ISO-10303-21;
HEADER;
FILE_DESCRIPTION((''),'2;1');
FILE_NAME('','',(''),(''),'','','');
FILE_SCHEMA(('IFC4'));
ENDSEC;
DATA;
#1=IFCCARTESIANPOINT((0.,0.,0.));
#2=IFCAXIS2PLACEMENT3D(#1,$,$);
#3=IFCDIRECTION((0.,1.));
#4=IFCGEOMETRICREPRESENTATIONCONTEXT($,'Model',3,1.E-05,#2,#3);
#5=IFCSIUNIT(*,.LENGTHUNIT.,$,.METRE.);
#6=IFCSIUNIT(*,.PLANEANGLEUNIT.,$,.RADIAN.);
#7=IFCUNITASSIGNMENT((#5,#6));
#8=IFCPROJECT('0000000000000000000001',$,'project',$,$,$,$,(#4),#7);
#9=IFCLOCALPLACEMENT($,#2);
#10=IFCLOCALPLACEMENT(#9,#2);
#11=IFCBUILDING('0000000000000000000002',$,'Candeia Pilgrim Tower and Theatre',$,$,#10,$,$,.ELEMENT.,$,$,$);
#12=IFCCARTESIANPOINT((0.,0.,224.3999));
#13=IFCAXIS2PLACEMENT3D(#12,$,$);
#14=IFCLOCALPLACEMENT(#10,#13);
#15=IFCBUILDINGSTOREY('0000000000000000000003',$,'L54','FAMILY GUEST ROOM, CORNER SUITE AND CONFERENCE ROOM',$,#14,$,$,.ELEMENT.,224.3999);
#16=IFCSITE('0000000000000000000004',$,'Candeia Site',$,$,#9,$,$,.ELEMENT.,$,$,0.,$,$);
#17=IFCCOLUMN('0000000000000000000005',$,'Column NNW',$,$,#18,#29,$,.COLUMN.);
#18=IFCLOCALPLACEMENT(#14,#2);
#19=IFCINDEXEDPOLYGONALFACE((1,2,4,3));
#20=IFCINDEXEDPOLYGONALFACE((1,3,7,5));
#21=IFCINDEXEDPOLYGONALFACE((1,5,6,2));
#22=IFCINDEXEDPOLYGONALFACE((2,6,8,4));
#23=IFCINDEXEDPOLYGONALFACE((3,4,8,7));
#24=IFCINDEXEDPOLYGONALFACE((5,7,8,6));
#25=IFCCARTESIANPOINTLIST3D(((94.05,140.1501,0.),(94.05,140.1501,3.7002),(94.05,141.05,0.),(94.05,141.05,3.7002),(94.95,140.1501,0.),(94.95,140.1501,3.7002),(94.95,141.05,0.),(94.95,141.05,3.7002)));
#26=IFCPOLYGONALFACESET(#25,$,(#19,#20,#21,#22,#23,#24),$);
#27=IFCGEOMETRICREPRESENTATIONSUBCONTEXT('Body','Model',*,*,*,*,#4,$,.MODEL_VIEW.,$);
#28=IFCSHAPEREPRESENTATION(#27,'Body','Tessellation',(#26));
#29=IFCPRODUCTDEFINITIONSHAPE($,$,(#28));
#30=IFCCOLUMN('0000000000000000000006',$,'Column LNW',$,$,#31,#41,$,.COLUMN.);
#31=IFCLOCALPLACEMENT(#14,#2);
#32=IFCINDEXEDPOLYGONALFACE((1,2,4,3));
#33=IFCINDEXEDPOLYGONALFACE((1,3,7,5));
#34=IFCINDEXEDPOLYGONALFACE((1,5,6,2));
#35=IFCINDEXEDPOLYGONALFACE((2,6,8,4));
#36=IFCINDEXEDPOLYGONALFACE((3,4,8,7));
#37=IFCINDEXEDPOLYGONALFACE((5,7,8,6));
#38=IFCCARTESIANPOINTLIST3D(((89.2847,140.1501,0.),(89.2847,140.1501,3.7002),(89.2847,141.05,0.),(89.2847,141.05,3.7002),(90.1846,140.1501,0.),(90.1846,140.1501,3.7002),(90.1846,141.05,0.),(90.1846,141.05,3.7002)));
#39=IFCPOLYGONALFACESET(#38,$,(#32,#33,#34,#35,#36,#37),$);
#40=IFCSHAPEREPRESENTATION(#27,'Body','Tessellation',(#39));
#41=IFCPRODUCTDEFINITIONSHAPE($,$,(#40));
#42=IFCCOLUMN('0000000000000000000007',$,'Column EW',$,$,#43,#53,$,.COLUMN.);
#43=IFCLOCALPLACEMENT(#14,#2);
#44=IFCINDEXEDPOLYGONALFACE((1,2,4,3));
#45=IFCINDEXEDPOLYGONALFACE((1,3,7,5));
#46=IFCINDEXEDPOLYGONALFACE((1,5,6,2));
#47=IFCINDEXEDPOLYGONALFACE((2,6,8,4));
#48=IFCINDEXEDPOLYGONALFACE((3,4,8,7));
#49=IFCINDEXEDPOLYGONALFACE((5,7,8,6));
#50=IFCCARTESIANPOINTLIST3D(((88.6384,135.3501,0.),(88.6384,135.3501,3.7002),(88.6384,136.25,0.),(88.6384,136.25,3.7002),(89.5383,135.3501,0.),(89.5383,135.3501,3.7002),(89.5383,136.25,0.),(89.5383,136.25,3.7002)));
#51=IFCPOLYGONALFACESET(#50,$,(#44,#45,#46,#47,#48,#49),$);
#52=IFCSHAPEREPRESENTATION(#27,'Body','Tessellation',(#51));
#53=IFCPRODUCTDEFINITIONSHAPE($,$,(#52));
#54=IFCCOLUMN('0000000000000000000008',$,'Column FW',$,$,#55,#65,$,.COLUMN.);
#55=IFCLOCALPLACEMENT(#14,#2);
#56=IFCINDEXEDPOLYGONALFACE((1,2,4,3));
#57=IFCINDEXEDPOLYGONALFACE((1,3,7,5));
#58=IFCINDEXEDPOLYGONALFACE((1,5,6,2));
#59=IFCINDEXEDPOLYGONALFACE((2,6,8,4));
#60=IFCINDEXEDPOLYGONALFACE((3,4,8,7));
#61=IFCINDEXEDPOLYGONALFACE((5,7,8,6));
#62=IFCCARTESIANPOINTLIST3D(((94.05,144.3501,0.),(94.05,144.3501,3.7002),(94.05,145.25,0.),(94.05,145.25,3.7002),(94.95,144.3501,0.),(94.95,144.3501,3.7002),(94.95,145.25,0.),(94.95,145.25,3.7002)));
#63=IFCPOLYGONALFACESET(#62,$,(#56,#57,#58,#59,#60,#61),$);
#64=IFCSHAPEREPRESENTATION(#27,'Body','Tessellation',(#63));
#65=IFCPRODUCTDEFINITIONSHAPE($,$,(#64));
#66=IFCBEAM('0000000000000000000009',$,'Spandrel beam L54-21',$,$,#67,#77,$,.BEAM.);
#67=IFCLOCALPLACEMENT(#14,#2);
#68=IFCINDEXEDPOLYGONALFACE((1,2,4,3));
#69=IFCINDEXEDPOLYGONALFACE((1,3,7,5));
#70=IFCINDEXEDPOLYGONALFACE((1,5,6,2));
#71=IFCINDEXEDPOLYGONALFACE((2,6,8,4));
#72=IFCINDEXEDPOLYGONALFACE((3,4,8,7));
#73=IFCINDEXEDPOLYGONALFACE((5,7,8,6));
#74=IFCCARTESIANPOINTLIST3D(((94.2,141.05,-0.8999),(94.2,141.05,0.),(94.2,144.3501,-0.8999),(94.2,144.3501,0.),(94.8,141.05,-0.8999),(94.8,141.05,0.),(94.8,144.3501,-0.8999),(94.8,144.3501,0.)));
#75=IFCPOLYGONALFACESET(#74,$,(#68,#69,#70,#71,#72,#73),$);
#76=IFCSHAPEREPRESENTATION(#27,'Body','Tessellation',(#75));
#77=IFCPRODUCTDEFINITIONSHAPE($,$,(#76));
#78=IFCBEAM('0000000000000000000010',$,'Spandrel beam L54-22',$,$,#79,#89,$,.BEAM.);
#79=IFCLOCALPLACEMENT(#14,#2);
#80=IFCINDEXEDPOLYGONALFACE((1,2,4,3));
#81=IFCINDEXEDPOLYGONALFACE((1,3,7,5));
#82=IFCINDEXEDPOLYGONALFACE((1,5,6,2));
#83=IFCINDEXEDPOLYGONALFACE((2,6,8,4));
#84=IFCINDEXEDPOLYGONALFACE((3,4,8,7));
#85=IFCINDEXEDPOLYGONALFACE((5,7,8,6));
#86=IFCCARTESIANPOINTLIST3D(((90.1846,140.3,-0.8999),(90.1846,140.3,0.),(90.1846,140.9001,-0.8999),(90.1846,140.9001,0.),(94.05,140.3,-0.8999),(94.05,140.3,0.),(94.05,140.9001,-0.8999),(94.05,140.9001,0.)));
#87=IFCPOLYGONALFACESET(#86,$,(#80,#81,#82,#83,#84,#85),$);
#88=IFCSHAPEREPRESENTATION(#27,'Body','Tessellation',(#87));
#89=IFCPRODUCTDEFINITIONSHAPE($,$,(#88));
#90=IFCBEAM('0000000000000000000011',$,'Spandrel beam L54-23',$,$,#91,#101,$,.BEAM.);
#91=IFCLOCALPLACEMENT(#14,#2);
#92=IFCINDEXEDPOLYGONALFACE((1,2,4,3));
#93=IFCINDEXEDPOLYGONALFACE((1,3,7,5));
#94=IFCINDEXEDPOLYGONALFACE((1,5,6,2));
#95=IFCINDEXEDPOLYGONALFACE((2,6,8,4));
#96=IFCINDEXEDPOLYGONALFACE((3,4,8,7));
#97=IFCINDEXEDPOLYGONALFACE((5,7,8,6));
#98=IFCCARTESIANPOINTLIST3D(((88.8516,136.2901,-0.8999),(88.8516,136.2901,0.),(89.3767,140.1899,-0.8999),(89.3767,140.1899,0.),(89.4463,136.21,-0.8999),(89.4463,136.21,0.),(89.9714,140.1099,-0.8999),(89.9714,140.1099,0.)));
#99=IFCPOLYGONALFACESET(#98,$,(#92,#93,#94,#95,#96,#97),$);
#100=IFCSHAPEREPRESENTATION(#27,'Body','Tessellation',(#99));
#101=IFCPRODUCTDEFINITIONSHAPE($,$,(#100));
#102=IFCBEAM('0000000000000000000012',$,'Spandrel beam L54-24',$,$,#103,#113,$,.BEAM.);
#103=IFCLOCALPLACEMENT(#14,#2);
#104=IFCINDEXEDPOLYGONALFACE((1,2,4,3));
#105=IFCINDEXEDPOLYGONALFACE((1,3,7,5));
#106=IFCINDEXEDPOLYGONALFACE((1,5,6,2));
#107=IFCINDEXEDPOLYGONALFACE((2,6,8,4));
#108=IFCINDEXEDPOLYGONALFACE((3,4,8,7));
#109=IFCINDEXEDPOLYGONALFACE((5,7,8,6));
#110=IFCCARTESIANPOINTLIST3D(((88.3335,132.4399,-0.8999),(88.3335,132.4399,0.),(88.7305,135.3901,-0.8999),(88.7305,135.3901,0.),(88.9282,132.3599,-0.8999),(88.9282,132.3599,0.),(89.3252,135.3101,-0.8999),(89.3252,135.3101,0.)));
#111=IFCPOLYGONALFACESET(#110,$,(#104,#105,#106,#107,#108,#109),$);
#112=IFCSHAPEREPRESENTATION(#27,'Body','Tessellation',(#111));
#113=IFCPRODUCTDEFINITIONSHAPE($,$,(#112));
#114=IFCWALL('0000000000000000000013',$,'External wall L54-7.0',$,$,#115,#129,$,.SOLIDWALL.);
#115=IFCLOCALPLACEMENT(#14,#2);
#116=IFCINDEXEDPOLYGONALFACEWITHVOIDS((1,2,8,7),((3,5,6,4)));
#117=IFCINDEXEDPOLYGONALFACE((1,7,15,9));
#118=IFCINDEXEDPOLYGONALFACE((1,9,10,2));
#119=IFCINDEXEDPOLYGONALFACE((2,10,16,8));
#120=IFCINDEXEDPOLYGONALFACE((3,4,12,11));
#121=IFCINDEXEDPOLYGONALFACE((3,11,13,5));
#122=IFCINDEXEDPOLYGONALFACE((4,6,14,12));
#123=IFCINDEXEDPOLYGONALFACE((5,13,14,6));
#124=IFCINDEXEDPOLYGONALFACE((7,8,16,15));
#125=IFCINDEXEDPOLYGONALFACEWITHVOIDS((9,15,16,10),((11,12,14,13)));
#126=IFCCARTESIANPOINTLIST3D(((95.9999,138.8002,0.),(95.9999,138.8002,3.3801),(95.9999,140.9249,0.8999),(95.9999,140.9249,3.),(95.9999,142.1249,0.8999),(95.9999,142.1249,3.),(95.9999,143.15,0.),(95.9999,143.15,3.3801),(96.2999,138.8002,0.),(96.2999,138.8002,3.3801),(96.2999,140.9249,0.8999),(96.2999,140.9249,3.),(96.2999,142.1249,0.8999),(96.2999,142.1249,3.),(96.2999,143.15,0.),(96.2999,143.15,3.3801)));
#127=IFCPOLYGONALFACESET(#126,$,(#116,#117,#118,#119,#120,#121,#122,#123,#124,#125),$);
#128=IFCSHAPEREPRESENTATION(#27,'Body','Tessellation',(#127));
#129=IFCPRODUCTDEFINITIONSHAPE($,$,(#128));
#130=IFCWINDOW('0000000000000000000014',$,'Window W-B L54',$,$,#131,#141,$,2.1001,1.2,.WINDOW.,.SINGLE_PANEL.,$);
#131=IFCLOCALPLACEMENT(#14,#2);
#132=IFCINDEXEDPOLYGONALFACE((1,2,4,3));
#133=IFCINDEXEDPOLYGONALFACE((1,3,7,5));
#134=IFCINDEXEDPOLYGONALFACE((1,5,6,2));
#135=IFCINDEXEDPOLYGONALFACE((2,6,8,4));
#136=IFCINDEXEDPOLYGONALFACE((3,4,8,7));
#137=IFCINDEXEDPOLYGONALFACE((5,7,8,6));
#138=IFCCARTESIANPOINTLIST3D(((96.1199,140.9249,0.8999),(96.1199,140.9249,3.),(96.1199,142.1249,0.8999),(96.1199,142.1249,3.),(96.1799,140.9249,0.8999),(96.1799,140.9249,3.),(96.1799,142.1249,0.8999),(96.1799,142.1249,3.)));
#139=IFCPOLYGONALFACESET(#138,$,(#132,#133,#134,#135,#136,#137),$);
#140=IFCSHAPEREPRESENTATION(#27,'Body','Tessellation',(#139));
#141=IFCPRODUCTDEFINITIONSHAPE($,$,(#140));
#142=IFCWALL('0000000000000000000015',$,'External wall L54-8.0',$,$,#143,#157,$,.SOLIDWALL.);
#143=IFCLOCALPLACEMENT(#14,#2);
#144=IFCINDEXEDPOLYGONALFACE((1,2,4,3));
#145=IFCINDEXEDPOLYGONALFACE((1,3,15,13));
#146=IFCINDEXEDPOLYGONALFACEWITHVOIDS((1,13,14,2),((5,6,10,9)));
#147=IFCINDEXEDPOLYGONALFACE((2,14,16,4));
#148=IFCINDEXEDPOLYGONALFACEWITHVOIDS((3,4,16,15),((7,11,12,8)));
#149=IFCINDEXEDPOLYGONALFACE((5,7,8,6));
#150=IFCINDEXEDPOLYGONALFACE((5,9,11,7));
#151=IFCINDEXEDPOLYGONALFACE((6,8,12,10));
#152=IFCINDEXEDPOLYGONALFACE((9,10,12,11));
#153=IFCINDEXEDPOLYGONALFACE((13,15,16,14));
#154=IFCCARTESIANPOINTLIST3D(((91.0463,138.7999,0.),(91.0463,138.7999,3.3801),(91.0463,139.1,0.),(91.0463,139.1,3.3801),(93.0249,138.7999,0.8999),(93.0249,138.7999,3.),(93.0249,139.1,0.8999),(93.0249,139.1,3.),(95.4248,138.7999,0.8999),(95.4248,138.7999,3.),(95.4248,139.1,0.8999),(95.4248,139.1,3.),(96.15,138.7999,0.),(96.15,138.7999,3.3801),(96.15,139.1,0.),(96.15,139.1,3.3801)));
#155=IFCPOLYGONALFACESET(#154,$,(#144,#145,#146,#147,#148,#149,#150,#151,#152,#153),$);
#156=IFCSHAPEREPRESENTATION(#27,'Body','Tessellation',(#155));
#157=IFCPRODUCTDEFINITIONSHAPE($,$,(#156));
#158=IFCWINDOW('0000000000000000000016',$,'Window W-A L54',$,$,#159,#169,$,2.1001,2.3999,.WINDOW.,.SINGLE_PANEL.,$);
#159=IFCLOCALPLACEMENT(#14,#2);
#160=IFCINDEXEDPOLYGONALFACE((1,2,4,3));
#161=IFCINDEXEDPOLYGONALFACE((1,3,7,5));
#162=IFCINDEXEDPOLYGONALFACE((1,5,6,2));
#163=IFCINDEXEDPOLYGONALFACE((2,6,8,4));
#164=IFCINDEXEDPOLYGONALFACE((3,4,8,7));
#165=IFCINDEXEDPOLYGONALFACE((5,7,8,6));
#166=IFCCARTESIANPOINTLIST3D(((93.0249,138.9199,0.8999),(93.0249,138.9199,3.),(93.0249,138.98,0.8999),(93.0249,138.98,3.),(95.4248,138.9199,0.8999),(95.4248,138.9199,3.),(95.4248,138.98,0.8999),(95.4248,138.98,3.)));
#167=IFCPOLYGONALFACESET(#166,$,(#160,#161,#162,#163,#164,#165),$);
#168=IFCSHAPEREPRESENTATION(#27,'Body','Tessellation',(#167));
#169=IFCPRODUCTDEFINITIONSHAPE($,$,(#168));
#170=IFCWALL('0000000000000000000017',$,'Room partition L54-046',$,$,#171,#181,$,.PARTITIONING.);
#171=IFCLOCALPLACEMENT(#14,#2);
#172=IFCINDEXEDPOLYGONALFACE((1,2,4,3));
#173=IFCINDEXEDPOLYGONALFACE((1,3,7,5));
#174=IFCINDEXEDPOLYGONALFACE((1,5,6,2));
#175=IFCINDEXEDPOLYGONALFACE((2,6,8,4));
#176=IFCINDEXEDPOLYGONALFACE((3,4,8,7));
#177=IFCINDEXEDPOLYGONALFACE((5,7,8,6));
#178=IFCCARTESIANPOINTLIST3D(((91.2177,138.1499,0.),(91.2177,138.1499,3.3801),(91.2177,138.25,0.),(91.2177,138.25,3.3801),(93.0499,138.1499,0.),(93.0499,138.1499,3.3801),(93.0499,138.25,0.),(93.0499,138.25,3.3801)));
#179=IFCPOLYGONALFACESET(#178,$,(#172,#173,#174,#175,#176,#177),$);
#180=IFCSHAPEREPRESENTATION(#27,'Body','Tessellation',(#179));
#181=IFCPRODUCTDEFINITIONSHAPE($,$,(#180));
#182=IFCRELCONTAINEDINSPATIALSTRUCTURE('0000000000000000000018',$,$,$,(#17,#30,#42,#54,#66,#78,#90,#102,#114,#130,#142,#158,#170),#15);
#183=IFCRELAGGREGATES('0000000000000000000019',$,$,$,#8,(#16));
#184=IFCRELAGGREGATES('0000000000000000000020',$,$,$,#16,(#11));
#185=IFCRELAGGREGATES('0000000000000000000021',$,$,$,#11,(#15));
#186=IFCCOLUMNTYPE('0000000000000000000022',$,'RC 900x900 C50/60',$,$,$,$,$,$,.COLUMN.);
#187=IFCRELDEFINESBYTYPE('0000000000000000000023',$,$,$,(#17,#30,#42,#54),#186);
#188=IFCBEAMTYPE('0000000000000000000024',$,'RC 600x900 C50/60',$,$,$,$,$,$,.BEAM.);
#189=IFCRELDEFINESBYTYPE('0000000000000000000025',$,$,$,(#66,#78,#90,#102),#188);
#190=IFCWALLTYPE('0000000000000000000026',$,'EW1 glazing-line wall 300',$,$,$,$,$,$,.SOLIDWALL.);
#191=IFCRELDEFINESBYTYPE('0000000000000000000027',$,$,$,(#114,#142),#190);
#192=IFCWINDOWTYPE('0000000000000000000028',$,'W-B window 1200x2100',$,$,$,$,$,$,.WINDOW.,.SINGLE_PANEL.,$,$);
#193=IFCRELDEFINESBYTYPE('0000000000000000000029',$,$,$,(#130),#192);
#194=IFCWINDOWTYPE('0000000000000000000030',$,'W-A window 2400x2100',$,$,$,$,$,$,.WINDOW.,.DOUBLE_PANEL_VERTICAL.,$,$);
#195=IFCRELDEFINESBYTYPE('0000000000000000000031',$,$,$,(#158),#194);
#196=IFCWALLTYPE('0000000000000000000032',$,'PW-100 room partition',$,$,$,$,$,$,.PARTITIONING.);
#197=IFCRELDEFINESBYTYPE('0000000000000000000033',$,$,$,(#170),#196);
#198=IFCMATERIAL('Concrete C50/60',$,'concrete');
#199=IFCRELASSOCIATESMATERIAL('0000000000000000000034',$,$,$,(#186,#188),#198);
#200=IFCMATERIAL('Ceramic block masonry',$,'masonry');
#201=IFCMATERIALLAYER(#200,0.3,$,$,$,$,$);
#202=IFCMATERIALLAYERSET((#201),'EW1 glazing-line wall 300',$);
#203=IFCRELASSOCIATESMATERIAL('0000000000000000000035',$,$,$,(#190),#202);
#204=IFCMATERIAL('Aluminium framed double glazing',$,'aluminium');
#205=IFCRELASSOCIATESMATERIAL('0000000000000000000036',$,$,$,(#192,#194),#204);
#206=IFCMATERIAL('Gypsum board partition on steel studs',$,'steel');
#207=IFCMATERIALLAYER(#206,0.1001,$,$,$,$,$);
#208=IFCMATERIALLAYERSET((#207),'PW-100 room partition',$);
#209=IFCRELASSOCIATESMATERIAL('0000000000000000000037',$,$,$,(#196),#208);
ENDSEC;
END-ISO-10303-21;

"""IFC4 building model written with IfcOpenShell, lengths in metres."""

from ifc_helpers import new_model, si_unit, direction, frame, frame_2d, origin, origin_2d, place, context, subcontext, project, spatial, rectangle, extrude, material, layer, layer_set, material_profile, profile_set, type_object, element, fill, save


model = new_model("IFC4")

# Units and contexts
model_context = context("Model", 3, precision=1e-05, world=origin(), true_north=direction((0.0, 1.0)))
body_context = subcontext(model_context, "Body", "Model", "MODEL_VIEW")
ifc_project = project(units=[si_unit("LENGTHUNIT", "METRE"), si_unit("PLANEANGLEUNIT", "RADIAN")], contexts=[model_context])

# Site, building, storey
site_placement = place(None, origin())
site = spatial("IfcSite", under=ifc_project, at=site_placement, Name="Candeia Site", CompositionType="ELEMENT", RefElevation=0.0)
building_placement = place(site_placement, origin())
building = spatial("IfcBuilding", under=site, at=building_placement, Name="Candeia Pilgrim Tower and Theatre", CompositionType="ELEMENT")
storey_placement = place(building_placement, frame((0.0, 0.0, 224.3999)))
storey = spatial("IfcBuildingStorey", under=building, at=storey_placement, Name="L54", Description="FAMILY GUEST ROOM, CORNER SUITE AND CONFERENCE ROOM", CompositionType="ELEMENT", Elevation=224.3999)

# Columns
ifc_material_1 = material(Name="Concrete C50/60", Category="concrete")
ifc_material_profile_1 = material_profile(ifc_material_1, rectangle(XDim=0.8999, YDim=0.8999, at=origin_2d()))
ifc_profile_set_1 = profile_set([ifc_material_profile_1], Name="Concrete C50/60")
column_type = type_object("IfcColumnType", Name="RC 900x900 C50/60", PredefinedType="COLUMN", material=ifc_profile_set_1)
for number, where, z_axis, x_axis, name in (
    (1, (94.5, 140.6001, 0.0), (0.0, 0.0, 1.0), (1.0, 0.0, 0.0), "Column NNW"),
    (2, (89.7346, 140.6001, 0.0), (0.0, 0.0, 1.0), (1.0, 0.0, 0.0), "Column LNW"),
    (3, (89.0884, 135.8, 0.0), (0.0, 0.0, 1.0), (1.0, 0.0, 0.0), "Column EW"),
    (4, (94.5, 144.8, 0.0), (0.0, 0.0, 1.0), (1.0, 0.0, 0.0), "Column FW"),
):
    element("IfcColumn", number, at=place(storey_placement, frame(where, z_axis=z_axis, x_axis=x_axis)), inside=storey, type_object=column_type, Name=name, PredefinedType="COLUMN", context=body_context, shape_type="SweptSolid", body=[
        extrude(rectangle(XDim=0.8999, YDim=0.8999, at=origin_2d()), origin(), (0.0, 0.0, 1.0), 3.7002),
    ])

# Beams
ifc_material_profile_2 = material_profile(ifc_material_1, rectangle(XDim=0.6001, YDim=0.8999, at=origin_2d()))
ifc_profile_set_2 = profile_set([ifc_material_profile_2], Name="Concrete C50/60")
beam_type = type_object("IfcBeamType", Name="RC 600x900 C50/60", PredefinedType="BEAM", material=ifc_profile_set_2)
beam_1_placement = place(storey_placement, frame((94.5, 144.3501, -0.45), z_axis=(0.0, -1.0, 0.0), x_axis=(1.0, 0.0, 0.0)))
element("IfcBeam", 5, at=beam_1_placement, inside=storey, type_object=beam_type, Name="Spandrel beam L54-21", PredefinedType="BEAM", context=body_context, shape_type="SweptSolid", body=[
    extrude(rectangle(XDim=0.6001, YDim=0.8999, at=origin_2d()), origin(), (0.0, 0.0, 1.0), 3.3),
])
beam_2_placement = place(storey_placement, frame((94.05, 140.6001, -0.45), z_axis=(-1.0, 0.0, 0.0), x_axis=(0.0, -1.0, 0.0)))
element("IfcBeam", 6, at=beam_2_placement, inside=storey, type_object=beam_type, Name="Spandrel beam L54-22", PredefinedType="BEAM", context=body_context, shape_type="SweptSolid", body=[
    extrude(rectangle(XDim=0.6001, YDim=0.8999, at=origin_2d()), origin(), (0.0, 0.0, 1.0), 3.8655),
])
beam_3_placement = place(storey_placement, frame((89.6741, 140.1499, -0.45), z_axis=(-0.133452, -0.991055, 0.0), x_axis=(0.991055, -0.133452, 0.0)))
element("IfcBeam", 7, at=beam_3_placement, inside=storey, type_object=beam_type, Name="Spandrel beam L54-23", PredefinedType="BEAM", context=body_context, shape_type="SweptSolid", body=[
    extrude(rectangle(XDim=0.6001, YDim=0.8999, at=origin_2d()), origin(), (0.0, 0.0, 1.0), 3.9351),
])
beam_4_placement = place(storey_placement, frame((89.0278, 135.3501, -0.45), z_axis=(-0.133356, -0.991068, 0.0), x_axis=(0.991068, -0.133356, 0.0)))
element("IfcBeam", 8, at=beam_4_placement, inside=storey, type_object=beam_type, Name="Spandrel beam L54-24", PredefinedType="BEAM", context=body_context, shape_type="SweptSolid", body=[
    extrude(rectangle(XDim=0.6001, YDim=0.8999, at=origin_2d()), origin(), (0.0, 0.0, 1.0), 2.9768),
])

# Walls, openings, windows
ifc_material_2 = material(Name="Ceramic block masonry", Category="masonry")
ifc_layer_1 = layer(ifc_material_2, 0.3)
ifc_layer_set_1 = layer_set([ifc_layer_1], Name="EW1 glazing-line wall 300")
wall_type_1 = type_object("IfcWallType", Name="EW1 glazing-line wall 300", PredefinedType="SOLIDWALL", material=ifc_layer_set_1)
wall_1_placement = place(storey_placement, frame((96.1499, 143.1499, 0.0), z_axis=(0.0, 0.0, 1.0), x_axis=(0.0, -1.0, 0.0)))
wall_1 = element("IfcWall", 9, at=wall_1_placement, inside=storey, type_object=wall_type_1, Name="External wall L54-7.0", PredefinedType="SOLIDWALL", context=body_context, shape_type="SweptSolid", body=[
    extrude(rectangle(XDim=4.3499, YDim=0.3, at=frame_2d((2.1748, 0.0))), origin(), (0.0, 0.0, 1.0), 3.3801),
])
opening_1_placement = place(wall_1_placement, frame((1.0249, 0.0, 0.8999)))
opening_1 = element("IfcOpeningElement", 10, at=opening_1_placement, cuts=wall_1, PredefinedType="OPENING", context=body_context, shape_type="SweptSolid", body=[
    extrude(rectangle(XDim=1.2, YDim=2.1001, at=frame_2d((0.6001, 1.05))), frame((0.0, 0.1602, 0.0), z_axis=(0.0, -1.0, 0.0), x_axis=(1.0, 0.0, 0.0)), (0.0, 0.0, 1.0), 0.3201),
])
ifc_material_3 = material(Name="Aluminium framed double glazing", Category="aluminium")
window_type_1 = type_object("IfcWindowType", Name="W-B window 1200x2100", PartitioningType="SINGLE_PANEL", PredefinedType="WINDOW", material=ifc_material_3)
window_1_placement = place(opening_1_placement, origin())
window_1 = element("IfcWindow", 11, at=window_1_placement, inside=storey, type_object=window_type_1, Name="Window W-B L54", OverallHeight=2.1001, OverallWidth=1.2, PartitioningType="SINGLE_PANEL", PredefinedType="WINDOW", context=body_context, shape_type="SweptSolid", body=[
    extrude(rectangle(XDim=1.2, YDim=2.1001, at=frame_2d((0.6001, 1.05))), frame((0.0, 0.03, 0.0), z_axis=(0.0, -1.0, 0.0), x_axis=(1.0, 0.0, 0.0)), (0.0, 0.0, 1.0), 0.0601),
])
fill(opening_1, window_1)
wall_2_placement = place(storey_placement, frame((96.1499, 138.95, 0.0), z_axis=(0.0, 0.0, 1.0), x_axis=(-1.0, 0.0, 0.0)))
wall_2 = element("IfcWall", 12, at=wall_2_placement, inside=storey, type_object=wall_type_1, Name="External wall L54-8.0", PredefinedType="SOLIDWALL", context=body_context, shape_type="SweptSolid", body=[
    extrude(rectangle(XDim=5.1038, YDim=0.3, at=frame_2d((2.5518, 0.0))), origin(), (0.0, 0.0, 1.0), 3.3801),
])
opening_2_placement = place(wall_2_placement, frame((0.7251, 0.0, 0.8999)))
opening_2 = element("IfcOpeningElement", 13, at=opening_2_placement, cuts=wall_2, PredefinedType="OPENING", context=body_context, shape_type="SweptSolid", body=[
    extrude(rectangle(XDim=2.3999, YDim=2.1001, at=frame_2d((1.2, 1.05))), frame((0.0, 0.1602, 0.0), z_axis=(0.0, -1.0, 0.0), x_axis=(1.0, 0.0, 0.0)), (0.0, 0.0, 1.0), 0.3201),
])
window_type_2 = type_object("IfcWindowType", Name="W-A window 2400x2100", PartitioningType="DOUBLE_PANEL_VERTICAL", PredefinedType="WINDOW", material=ifc_material_3)
window_2_placement = place(opening_2_placement, origin())
window_2 = element("IfcWindow", 14, at=window_2_placement, inside=storey, type_object=window_type_2, Name="Window W-A L54", OverallHeight=2.1001, OverallWidth=2.3999, PartitioningType="SINGLE_PANEL", PredefinedType="WINDOW", context=body_context, shape_type="SweptSolid", body=[
    extrude(rectangle(XDim=2.3999, YDim=2.1001, at=frame_2d((1.2, 1.05))), frame((0.0, 0.03, 0.0), z_axis=(0.0, -1.0, 0.0), x_axis=(1.0, 0.0, 0.0)), (0.0, 0.0, 1.0), 0.0601),
])
fill(opening_2, window_2)

# Wall
ifc_material_4 = material(Name="Gypsum board partition on steel studs", Category="steel")
ifc_layer_2 = layer(ifc_material_4, 0.1001)
ifc_layer_set_2 = layer_set([ifc_layer_2], Name="PW-100 room partition")
wall_type_2 = type_object("IfcWallType", Name="PW-100 room partition", PredefinedType="PARTITIONING", material=ifc_layer_set_2)
wall_3_placement = place(storey_placement, frame((91.2178, 138.2, 0.0), z_axis=(0.0, 0.0, 1.0), x_axis=(1.0, 0.0, 0.0)))
element("IfcWall", 15, at=wall_3_placement, inside=storey, type_object=wall_type_2, Name="Room partition L54-046", PredefinedType="PARTITIONING", context=body_context, shape_type="SweptSolid", body=[
    extrude(rectangle(XDim=1.8323, YDim=0.1001, at=frame_2d((0.916, 0.0))), origin(), (0.0, 0.0, 1.0), 3.3801),
])

save(model, "model.ifc")
